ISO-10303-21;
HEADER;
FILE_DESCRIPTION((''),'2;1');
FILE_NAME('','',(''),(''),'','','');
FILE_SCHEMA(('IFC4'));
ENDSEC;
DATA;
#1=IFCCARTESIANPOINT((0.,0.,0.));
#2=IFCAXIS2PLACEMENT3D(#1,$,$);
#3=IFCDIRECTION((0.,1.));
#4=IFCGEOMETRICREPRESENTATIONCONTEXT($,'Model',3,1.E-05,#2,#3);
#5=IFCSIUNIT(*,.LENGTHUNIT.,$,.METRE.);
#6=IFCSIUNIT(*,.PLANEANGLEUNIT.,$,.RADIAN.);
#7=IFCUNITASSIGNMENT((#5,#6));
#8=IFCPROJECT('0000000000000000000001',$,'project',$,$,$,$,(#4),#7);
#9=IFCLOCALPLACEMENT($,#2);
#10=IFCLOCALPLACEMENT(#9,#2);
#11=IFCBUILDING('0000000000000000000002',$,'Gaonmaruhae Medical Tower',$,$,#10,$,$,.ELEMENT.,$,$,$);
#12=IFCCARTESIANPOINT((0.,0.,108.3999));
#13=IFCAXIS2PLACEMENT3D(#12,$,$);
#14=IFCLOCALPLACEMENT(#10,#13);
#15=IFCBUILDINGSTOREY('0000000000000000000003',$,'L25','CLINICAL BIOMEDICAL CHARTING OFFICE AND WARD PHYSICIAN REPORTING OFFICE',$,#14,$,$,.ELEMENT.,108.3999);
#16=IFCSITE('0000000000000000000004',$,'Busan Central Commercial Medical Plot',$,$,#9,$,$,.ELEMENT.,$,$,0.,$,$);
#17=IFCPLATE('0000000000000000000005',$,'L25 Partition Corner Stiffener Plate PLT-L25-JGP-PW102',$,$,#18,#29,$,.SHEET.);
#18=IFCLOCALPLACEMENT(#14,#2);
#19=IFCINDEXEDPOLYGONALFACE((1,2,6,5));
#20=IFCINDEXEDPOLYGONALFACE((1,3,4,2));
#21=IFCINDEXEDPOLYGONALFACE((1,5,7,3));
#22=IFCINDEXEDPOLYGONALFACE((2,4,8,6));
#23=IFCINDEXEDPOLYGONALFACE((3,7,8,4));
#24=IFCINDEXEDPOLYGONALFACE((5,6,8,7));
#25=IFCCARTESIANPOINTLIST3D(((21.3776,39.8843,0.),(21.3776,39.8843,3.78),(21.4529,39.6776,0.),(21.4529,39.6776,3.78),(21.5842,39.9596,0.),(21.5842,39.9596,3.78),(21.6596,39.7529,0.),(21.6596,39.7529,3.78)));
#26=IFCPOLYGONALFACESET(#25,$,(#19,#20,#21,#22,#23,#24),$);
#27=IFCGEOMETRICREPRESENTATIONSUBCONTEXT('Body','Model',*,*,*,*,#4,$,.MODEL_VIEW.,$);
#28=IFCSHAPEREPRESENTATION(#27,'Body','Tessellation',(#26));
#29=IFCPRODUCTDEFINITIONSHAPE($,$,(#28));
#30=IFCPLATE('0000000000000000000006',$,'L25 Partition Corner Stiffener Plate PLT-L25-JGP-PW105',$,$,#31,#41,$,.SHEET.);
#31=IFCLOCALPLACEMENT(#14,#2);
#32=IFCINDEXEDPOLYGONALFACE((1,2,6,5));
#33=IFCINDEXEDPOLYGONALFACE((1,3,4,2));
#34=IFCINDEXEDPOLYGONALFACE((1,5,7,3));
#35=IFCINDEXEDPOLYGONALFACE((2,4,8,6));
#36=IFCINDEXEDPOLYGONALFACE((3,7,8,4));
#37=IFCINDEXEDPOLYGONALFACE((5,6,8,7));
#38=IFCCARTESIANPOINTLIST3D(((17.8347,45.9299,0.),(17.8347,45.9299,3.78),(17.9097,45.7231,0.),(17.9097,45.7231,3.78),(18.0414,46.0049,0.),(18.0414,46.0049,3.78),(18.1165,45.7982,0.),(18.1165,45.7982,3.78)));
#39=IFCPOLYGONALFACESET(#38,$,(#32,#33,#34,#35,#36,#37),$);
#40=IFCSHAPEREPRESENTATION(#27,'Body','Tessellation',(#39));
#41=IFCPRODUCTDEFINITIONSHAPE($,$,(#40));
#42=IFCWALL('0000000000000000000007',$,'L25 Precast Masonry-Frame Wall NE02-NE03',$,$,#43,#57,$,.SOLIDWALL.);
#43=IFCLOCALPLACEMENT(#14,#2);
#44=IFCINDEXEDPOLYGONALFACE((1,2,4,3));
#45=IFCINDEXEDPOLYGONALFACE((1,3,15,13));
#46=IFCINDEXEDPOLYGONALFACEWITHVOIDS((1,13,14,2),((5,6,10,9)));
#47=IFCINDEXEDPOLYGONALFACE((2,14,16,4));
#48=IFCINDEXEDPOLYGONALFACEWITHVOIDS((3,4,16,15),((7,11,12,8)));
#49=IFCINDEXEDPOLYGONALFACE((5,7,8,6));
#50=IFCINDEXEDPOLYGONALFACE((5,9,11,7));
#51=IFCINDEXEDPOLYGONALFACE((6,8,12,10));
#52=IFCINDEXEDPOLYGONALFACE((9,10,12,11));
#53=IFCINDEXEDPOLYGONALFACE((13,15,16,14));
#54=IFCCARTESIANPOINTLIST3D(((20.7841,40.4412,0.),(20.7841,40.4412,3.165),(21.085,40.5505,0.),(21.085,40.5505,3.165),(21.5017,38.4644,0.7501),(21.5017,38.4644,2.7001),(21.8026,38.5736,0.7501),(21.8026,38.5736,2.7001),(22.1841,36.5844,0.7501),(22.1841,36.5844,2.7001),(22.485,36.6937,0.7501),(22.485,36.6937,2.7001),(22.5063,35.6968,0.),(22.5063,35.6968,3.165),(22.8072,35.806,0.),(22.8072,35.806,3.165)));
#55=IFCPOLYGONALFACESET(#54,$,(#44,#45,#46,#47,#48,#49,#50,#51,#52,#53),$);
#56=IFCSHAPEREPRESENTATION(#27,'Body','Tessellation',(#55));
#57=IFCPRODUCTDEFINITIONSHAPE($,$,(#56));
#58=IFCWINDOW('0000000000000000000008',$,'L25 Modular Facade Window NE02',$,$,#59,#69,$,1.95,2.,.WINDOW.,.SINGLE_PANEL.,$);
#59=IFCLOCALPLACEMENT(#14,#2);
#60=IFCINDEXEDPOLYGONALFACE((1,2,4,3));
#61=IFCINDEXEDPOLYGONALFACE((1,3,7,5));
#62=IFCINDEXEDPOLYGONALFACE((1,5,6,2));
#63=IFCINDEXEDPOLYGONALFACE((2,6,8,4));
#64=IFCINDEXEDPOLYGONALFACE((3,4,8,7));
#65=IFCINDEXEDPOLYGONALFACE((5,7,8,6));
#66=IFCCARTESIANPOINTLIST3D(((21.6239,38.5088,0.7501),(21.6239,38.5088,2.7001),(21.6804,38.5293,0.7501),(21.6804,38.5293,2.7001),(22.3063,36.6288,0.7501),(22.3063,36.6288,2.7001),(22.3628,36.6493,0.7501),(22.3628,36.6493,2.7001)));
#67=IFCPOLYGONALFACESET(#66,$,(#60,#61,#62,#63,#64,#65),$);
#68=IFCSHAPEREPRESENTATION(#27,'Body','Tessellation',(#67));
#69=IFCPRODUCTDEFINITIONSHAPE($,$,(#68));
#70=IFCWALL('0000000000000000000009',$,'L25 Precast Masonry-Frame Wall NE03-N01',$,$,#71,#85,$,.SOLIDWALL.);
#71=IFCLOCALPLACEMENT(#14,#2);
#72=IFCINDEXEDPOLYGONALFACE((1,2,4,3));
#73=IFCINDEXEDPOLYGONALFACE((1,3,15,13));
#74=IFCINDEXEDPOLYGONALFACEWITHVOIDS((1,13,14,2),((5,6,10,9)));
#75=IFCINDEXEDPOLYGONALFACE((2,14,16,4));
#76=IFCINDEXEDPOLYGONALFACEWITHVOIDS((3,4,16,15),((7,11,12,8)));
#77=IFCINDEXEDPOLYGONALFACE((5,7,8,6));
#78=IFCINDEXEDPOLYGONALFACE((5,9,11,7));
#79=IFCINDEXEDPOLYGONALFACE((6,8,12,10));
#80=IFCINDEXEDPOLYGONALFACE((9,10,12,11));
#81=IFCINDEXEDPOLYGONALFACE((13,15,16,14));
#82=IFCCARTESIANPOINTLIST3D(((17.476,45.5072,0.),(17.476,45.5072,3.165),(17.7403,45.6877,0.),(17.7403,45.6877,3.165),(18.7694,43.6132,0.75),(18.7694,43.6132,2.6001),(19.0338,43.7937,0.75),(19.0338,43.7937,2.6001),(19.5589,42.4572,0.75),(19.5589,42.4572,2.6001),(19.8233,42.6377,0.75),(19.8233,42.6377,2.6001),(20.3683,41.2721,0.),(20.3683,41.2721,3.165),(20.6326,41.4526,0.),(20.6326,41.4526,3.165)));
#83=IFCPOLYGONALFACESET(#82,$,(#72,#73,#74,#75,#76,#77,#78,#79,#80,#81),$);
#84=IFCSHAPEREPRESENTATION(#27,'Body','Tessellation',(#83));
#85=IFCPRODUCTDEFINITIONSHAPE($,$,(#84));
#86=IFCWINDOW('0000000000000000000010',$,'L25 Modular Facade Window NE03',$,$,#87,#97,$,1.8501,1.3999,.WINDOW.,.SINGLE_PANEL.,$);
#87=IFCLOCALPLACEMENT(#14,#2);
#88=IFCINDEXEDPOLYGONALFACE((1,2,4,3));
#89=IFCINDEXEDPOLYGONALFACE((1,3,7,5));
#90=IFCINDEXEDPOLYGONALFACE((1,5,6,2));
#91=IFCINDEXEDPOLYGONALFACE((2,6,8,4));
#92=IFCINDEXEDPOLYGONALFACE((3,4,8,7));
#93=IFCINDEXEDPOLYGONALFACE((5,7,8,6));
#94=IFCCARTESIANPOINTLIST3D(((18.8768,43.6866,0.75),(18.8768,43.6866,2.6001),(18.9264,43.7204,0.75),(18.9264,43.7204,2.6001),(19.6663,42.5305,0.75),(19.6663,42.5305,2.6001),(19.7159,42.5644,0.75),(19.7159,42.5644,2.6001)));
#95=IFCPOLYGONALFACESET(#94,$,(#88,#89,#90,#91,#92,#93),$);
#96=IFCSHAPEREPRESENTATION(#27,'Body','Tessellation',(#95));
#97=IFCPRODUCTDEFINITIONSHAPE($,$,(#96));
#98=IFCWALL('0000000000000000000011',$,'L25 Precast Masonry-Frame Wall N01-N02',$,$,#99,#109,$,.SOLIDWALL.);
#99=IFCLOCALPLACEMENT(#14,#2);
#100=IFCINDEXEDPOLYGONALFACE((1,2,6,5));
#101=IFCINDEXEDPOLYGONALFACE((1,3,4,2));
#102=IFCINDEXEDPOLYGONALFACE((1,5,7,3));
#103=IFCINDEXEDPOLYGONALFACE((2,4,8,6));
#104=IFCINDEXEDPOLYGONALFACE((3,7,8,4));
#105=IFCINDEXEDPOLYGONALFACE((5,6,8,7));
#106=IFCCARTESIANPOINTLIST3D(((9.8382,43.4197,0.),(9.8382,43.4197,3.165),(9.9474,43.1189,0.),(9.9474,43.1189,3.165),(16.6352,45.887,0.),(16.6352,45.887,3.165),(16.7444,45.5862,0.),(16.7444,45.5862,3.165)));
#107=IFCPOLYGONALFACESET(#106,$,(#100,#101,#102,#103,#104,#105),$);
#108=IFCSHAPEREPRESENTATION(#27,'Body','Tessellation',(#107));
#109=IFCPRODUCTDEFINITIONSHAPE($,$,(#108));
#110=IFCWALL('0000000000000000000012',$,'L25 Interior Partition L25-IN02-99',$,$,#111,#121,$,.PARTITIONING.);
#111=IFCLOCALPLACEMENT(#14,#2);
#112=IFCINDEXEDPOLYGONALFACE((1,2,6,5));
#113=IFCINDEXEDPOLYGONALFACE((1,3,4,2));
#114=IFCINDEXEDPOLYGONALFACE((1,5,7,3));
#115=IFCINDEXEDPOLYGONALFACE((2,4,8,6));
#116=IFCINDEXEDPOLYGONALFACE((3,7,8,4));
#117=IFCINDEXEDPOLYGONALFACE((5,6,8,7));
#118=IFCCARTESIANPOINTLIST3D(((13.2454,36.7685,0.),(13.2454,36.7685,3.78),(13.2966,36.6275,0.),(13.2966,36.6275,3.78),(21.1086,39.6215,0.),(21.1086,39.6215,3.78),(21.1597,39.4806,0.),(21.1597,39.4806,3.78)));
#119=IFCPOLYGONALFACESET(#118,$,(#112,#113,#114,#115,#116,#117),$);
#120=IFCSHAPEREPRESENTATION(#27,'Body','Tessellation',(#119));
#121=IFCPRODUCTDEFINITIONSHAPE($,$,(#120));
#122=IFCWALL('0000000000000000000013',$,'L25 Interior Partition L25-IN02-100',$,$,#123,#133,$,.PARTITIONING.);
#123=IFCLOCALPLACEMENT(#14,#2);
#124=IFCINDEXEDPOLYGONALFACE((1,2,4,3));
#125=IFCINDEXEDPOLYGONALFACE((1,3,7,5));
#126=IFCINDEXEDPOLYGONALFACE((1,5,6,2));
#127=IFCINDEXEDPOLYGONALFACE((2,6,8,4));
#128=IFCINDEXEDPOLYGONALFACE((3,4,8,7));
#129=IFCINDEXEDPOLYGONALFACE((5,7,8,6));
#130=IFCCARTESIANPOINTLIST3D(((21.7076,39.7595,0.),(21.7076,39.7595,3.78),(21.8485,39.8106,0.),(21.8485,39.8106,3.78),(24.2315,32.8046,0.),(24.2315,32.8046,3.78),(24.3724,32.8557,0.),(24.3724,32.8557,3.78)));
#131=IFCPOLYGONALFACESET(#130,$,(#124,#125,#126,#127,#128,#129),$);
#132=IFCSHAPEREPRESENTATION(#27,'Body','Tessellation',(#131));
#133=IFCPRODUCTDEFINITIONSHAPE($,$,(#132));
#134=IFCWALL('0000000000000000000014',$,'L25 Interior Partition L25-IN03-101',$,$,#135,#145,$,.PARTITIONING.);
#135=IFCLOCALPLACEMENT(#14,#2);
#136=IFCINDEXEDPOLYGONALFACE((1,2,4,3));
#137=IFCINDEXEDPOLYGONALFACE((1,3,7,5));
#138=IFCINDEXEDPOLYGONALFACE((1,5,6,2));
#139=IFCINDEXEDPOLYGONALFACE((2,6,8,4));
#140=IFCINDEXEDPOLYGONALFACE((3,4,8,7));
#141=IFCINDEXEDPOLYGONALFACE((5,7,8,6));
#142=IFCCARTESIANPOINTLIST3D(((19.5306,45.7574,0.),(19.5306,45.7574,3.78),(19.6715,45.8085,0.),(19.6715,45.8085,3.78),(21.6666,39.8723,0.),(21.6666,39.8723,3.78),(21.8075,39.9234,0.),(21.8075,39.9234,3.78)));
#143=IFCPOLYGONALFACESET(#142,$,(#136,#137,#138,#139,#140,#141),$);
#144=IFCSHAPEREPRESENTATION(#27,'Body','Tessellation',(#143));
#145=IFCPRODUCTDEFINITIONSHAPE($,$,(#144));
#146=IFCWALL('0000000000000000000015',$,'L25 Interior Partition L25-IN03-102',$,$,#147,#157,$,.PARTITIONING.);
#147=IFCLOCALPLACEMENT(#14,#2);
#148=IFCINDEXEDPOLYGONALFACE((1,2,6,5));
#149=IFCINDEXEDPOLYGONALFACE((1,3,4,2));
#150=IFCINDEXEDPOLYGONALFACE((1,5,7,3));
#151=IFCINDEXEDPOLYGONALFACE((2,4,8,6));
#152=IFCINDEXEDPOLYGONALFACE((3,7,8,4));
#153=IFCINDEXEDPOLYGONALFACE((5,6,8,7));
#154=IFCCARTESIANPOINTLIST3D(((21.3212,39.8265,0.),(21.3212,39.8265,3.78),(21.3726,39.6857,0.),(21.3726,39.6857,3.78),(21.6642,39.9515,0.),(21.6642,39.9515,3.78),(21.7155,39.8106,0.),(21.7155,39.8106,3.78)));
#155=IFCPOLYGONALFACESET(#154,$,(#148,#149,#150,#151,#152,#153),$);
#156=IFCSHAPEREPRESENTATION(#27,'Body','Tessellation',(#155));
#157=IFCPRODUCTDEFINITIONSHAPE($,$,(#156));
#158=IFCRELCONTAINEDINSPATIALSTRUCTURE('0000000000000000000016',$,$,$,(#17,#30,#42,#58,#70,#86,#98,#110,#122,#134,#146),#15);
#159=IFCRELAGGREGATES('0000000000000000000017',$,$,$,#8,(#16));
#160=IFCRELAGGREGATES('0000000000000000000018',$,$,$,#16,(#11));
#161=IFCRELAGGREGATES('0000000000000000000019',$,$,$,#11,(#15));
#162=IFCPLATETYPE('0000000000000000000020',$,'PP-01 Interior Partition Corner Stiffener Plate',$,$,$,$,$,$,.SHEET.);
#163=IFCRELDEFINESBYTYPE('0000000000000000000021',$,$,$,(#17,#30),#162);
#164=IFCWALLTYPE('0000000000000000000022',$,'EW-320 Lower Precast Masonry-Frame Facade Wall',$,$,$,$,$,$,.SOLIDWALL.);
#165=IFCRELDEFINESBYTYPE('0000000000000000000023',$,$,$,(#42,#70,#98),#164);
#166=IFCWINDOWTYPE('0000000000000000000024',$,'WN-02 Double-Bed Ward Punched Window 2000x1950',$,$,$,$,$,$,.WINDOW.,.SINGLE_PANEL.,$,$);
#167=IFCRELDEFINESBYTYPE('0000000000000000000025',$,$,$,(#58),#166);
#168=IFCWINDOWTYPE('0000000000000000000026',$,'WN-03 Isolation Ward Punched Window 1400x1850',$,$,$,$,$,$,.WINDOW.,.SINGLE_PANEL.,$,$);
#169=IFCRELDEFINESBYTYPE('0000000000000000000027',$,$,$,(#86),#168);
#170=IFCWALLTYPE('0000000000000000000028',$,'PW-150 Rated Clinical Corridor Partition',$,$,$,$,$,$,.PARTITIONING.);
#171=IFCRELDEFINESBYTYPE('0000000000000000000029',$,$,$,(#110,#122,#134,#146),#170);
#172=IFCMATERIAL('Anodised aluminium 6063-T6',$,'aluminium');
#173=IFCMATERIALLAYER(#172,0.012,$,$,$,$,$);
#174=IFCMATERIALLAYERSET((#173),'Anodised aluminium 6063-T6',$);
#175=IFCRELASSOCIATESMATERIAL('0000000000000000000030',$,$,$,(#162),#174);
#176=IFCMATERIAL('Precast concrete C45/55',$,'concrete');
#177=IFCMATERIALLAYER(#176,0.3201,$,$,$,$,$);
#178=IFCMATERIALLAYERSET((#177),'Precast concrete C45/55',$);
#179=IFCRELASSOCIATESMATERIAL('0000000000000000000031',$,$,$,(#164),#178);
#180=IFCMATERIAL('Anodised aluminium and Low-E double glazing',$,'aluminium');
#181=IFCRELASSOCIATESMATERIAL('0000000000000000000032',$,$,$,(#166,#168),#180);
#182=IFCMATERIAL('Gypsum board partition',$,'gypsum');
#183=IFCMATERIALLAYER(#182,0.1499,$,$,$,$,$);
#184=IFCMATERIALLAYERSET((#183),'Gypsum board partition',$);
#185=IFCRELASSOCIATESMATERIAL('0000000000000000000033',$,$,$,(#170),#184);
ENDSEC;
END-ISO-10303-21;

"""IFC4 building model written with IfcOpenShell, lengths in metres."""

from ifc_helpers import new_model, si_unit, direction, frame, frame_2d, origin, origin_2d, place, context, subcontext, project, spatial, rectangle, extrude, material, layer, layer_set, type_object, element, fill, save


model = new_model("IFC4")

# Units and contexts
model_context = context("Model", 3, precision=1e-05, world=origin(), true_north=direction((0.0, 1.0)))
body_context = subcontext(model_context, "Body", "Model", "MODEL_VIEW")
ifc_project = project(units=[si_unit("LENGTHUNIT", "METRE"), si_unit("PLANEANGLEUNIT", "RADIAN")], contexts=[model_context])

# Site, building, storey
site_placement = place(None, origin())
site = spatial("IfcSite", under=ifc_project, at=site_placement, Name="Busan Central Commercial Medical Plot", CompositionType="ELEMENT", RefElevation=0.0)
building_placement = place(site_placement, origin())
building = spatial("IfcBuilding", under=site, at=building_placement, Name="Gaonmaruhae Medical Tower", CompositionType="ELEMENT")
storey_placement = place(building_placement, frame((0.0, 0.0, 108.3999)))
storey = spatial("IfcBuildingStorey", under=building, at=storey_placement, Name="L25", Description="CLINICAL BIOMEDICAL CHARTING OFFICE AND WARD PHYSICIAN REPORTING OFFICE", CompositionType="ELEMENT", Elevation=108.3999)

# Plates
ifc_material_1 = material(Name="Anodised aluminium 6063-T6", Category="aluminium")
ifc_layer_1 = layer(ifc_material_1, 0.012)
ifc_layer_set_1 = layer_set([ifc_layer_1], Name="Anodised aluminium 6063-T6")
plate_type = type_object("IfcPlateType", Name="PP-01 Interior Partition Corner Stiffener Plate", PredefinedType="SHEET", material=ifc_layer_set_1)
for number, where, z_axis, x_axis, name in (
    (1, (21.5186, 39.8186, 0.0), (0.0, 0.0, 1.0), (-0.939555, -0.342397, 0.0), "L25 Partition Corner Stiffener Plate PLT-L25-JGP-PW102"),
    (2, (17.9756, 45.864, 0.0), (0.0, 0.0, 1.0), (0.341298, -0.939955, 0.0), "L25 Partition Corner Stiffener Plate PLT-L25-JGP-PW105"),
):
    element("IfcPlate", number, at=place(storey_placement, frame(where, z_axis=z_axis, x_axis=x_axis)), inside=storey, type_object=plate_type, Name=name, PredefinedType="SHEET", context=body_context, shape_type="SweptSolid", body=[
        extrude(rectangle(XDim=0.22, YDim=0.22, at=origin_2d()), origin(), (0.0, 0.0, 1.0), 3.78),
    ])

# Walls, openings, windows
ifc_material_2 = material(Name="Precast concrete C45/55", Category="concrete")
ifc_layer_2 = layer(ifc_material_2, 0.3201)
ifc_layer_set_2 = layer_set([ifc_layer_2], Name="Precast concrete C45/55")
wall_type_1 = type_object("IfcWallType", Name="EW-320 Lower Precast Masonry-Frame Facade Wall", PredefinedType="SOLIDWALL", material=ifc_layer_set_2)
wall_1_placement = place(storey_placement, frame((20.9346, 40.4958, 0.0), z_axis=(0.0, 0.0, 1.0), x_axis=(0.341207, -0.939988, 0.0)))
wall_1 = element("IfcWall", 3, at=wall_1_placement, inside=storey, type_object=wall_type_1, Name="L25 Precast Masonry-Frame Wall NE02-NE03", PredefinedType="SOLIDWALL", context=body_context, shape_type="SweptSolid", body=[
    extrude(rectangle(XDim=5.0474, YDim=0.3201, at=frame_2d((2.5237, 0.0))), origin(), (0.0, 0.0, 1.0), 3.165),
])
opening_1_placement = place(wall_1_placement, frame((2.103, 0.0, 0.75)))
opening_1 = element("IfcOpeningElement", 4, at=opening_1_placement, cuts=wall_1, PredefinedType="OPENING", context=body_context, shape_type="SweptSolid", body=[
    extrude(rectangle(XDim=2.0, YDim=1.95, at=frame_2d((1.0, 0.9751))), frame((0.0, 0.1699, 0.0), z_axis=(0.0, -1.0, 0.0), x_axis=(1.0, 0.0, 0.0)), (0.0, 0.0, 1.0), 0.3401),
])
ifc_material_3 = material(Name="Anodised aluminium and Low-E double glazing", Category="aluminium")
window_type_1 = type_object("IfcWindowType", Name="WN-02 Double-Bed Ward Punched Window 2000x1950", PartitioningType="SINGLE_PANEL", PredefinedType="WINDOW", material=ifc_material_3)
window_1_placement = place(opening_1_placement, origin())
window_1 = element("IfcWindow", 5, at=window_1_placement, inside=storey, type_object=window_type_1, Name="L25 Modular Facade Window NE02", OverallHeight=1.95, OverallWidth=2.0, PartitioningType="SINGLE_PANEL", PredefinedType="WINDOW", context=body_context, shape_type="SweptSolid", body=[
    extrude(rectangle(XDim=2.0, YDim=1.95, at=frame_2d((1.0, 0.9751))), frame((0.0, 0.03, 0.0), z_axis=(0.0, -1.0, 0.0), x_axis=(1.0, 0.0, 0.0)), (0.0, 0.0, 1.0), 0.0601),
])
fill(opening_1, window_1)
wall_2_placement = place(storey_placement, frame((17.6082, 45.5974, 0.0), z_axis=(0.0, 0.0, 1.0), x_axis=(0.56397, -0.825795, 0.0)))
wall_2 = element("IfcWall", 6, at=wall_2_placement, inside=storey, type_object=wall_type_1, Name="L25 Precast Masonry-Frame Wall NE03-N01", PredefinedType="SOLIDWALL", context=body_context, shape_type="SweptSolid", body=[
    extrude(rectangle(XDim=5.1284, YDim=0.3201, at=frame_2d((2.5642, 0.0))), origin(), (0.0, 0.0, 1.0), 3.165),
])
opening_2_placement = place(wall_2_placement, frame((2.2935, 0.0, 0.75)))
opening_2 = element("IfcOpeningElement", 7, at=opening_2_placement, cuts=wall_2, PredefinedType="OPENING", context=body_context, shape_type="SweptSolid", body=[
    extrude(rectangle(XDim=1.3999, YDim=1.8501, at=frame_2d((0.7, 0.925))), frame((0.0, 0.1699, 0.0), z_axis=(0.0, -1.0, 0.0), x_axis=(1.0, 0.0, 0.0)), (0.0, 0.0, 1.0), 0.3401),
])
window_type_2 = type_object("IfcWindowType", Name="WN-03 Isolation Ward Punched Window 1400x1850", PartitioningType="SINGLE_PANEL", PredefinedType="WINDOW", material=ifc_material_3)
window_2_placement = place(opening_2_placement, origin())
window_2 = element("IfcWindow", 8, at=window_2_placement, inside=storey, type_object=window_type_2, Name="L25 Modular Facade Window NE03", OverallHeight=1.8501, OverallWidth=1.3999, PartitioningType="SINGLE_PANEL", PredefinedType="WINDOW", context=body_context, shape_type="SweptSolid", body=[
    extrude(rectangle(XDim=1.3999, YDim=1.8501, at=frame_2d((0.7, 0.925))), frame((0.0, 0.03, 0.0), z_axis=(0.0, -1.0, 0.0), x_axis=(1.0, 0.0, 0.0)), (0.0, 0.0, 1.0), 0.0601),
])
fill(opening_2, window_2)

# Wall
wall_3_placement = place(storey_placement, frame((9.8928, 43.2693, 0.0), z_axis=(0.0, 0.0, 1.0), x_axis=(0.939985, 0.341217, 0.0)))
element("IfcWall", 9, at=wall_3_placement, inside=storey, type_object=wall_type_1, Name="L25 Precast Masonry-Frame Wall N01-N02", PredefinedType="SOLIDWALL", context=body_context, shape_type="SweptSolid", body=[
    extrude(rectangle(XDim=7.231, YDim=0.3201, at=frame_2d((3.6155, 0.0))), origin(), (0.0, 0.0, 1.0), 3.165),
])

# Shared definitions
ifc_material_4 = material(Name="Gypsum board partition", Category="gypsum")
ifc_layer_3 = layer(ifc_material_4, 0.1499)
ifc_layer_set_3 = layer_set([ifc_layer_3], Name="Gypsum board partition")
wall_type_2 = type_object("IfcWallType", Name="PW-150 Rated Clinical Corridor Partition", PredefinedType="PARTITIONING", material=ifc_layer_set_3)

# Walls
wall_4_placement = place(storey_placement, frame((13.271, 36.698, 0.0), z_axis=(0.0, 0.0, 1.0), x_axis=(0.940034, 0.341082, 0.0)))
element("IfcWall", 10, at=wall_4_placement, inside=storey, type_object=wall_type_2, Name="L25 Interior Partition L25-IN02-99", PredefinedType="PARTITIONING", context=body_context, shape_type="SweptSolid", body=[
    extrude(rectangle(XDim=8.3647, YDim=0.1499, at=frame_2d((4.1824, 0.0))), origin(), (0.0, 0.0, 1.0), 3.78),
])
wall_5_placement = place(storey_placement, frame((21.7781, 39.7849, 0.0), z_axis=(0.0, 0.0, 1.0), x_axis=(0.341134, -0.940015, 0.0)))
element("IfcWall", 11, at=wall_5_placement, inside=storey, type_object=wall_type_2, Name="L25 Interior Partition L25-IN02-100", PredefinedType="PARTITIONING", context=body_context, shape_type="SweptSolid", body=[
    extrude(rectangle(XDim=7.3987, YDim=0.1499, at=frame_2d((3.6992, 0.0))), origin(), (0.0, 0.0, 1.0), 3.78),
])
wall_6_placement = place(storey_placement, frame((19.6011, 45.783, 0.0), z_axis=(0.0, 0.0, 1.0), x_axis=(0.341176, -0.939999, 0.0)))
element("IfcWall", 12, at=wall_6_placement, inside=storey, type_object=wall_type_2, Name="L25 Interior Partition L25-IN03-101", PredefinedType="PARTITIONING", context=body_context, shape_type="SweptSolid", body=[
    extrude(rectangle(XDim=6.2607, YDim=0.1499, at=frame_2d((3.1304, 0.0))), origin(), (0.0, 0.0, 1.0), 3.78),
])
wall_7_placement = place(storey_placement, frame((21.6899, 39.8811, 0.0), z_axis=(0.0, 0.0, 1.0), x_axis=(-0.939559, -0.342387, 0.0)))
element("IfcWall", 13, at=wall_7_placement, inside=storey, type_object=wall_type_2, Name="L25 Interior Partition L25-IN03-102", PredefinedType="PARTITIONING", context=body_context, shape_type="SweptSolid", body=[
    extrude(rectangle(XDim=0.365, YDim=0.1499, at=frame_2d((0.1826, 0.0))), origin(), (0.0, 0.0, 1.0), 3.78),
])

save(model, "model.ifc")
